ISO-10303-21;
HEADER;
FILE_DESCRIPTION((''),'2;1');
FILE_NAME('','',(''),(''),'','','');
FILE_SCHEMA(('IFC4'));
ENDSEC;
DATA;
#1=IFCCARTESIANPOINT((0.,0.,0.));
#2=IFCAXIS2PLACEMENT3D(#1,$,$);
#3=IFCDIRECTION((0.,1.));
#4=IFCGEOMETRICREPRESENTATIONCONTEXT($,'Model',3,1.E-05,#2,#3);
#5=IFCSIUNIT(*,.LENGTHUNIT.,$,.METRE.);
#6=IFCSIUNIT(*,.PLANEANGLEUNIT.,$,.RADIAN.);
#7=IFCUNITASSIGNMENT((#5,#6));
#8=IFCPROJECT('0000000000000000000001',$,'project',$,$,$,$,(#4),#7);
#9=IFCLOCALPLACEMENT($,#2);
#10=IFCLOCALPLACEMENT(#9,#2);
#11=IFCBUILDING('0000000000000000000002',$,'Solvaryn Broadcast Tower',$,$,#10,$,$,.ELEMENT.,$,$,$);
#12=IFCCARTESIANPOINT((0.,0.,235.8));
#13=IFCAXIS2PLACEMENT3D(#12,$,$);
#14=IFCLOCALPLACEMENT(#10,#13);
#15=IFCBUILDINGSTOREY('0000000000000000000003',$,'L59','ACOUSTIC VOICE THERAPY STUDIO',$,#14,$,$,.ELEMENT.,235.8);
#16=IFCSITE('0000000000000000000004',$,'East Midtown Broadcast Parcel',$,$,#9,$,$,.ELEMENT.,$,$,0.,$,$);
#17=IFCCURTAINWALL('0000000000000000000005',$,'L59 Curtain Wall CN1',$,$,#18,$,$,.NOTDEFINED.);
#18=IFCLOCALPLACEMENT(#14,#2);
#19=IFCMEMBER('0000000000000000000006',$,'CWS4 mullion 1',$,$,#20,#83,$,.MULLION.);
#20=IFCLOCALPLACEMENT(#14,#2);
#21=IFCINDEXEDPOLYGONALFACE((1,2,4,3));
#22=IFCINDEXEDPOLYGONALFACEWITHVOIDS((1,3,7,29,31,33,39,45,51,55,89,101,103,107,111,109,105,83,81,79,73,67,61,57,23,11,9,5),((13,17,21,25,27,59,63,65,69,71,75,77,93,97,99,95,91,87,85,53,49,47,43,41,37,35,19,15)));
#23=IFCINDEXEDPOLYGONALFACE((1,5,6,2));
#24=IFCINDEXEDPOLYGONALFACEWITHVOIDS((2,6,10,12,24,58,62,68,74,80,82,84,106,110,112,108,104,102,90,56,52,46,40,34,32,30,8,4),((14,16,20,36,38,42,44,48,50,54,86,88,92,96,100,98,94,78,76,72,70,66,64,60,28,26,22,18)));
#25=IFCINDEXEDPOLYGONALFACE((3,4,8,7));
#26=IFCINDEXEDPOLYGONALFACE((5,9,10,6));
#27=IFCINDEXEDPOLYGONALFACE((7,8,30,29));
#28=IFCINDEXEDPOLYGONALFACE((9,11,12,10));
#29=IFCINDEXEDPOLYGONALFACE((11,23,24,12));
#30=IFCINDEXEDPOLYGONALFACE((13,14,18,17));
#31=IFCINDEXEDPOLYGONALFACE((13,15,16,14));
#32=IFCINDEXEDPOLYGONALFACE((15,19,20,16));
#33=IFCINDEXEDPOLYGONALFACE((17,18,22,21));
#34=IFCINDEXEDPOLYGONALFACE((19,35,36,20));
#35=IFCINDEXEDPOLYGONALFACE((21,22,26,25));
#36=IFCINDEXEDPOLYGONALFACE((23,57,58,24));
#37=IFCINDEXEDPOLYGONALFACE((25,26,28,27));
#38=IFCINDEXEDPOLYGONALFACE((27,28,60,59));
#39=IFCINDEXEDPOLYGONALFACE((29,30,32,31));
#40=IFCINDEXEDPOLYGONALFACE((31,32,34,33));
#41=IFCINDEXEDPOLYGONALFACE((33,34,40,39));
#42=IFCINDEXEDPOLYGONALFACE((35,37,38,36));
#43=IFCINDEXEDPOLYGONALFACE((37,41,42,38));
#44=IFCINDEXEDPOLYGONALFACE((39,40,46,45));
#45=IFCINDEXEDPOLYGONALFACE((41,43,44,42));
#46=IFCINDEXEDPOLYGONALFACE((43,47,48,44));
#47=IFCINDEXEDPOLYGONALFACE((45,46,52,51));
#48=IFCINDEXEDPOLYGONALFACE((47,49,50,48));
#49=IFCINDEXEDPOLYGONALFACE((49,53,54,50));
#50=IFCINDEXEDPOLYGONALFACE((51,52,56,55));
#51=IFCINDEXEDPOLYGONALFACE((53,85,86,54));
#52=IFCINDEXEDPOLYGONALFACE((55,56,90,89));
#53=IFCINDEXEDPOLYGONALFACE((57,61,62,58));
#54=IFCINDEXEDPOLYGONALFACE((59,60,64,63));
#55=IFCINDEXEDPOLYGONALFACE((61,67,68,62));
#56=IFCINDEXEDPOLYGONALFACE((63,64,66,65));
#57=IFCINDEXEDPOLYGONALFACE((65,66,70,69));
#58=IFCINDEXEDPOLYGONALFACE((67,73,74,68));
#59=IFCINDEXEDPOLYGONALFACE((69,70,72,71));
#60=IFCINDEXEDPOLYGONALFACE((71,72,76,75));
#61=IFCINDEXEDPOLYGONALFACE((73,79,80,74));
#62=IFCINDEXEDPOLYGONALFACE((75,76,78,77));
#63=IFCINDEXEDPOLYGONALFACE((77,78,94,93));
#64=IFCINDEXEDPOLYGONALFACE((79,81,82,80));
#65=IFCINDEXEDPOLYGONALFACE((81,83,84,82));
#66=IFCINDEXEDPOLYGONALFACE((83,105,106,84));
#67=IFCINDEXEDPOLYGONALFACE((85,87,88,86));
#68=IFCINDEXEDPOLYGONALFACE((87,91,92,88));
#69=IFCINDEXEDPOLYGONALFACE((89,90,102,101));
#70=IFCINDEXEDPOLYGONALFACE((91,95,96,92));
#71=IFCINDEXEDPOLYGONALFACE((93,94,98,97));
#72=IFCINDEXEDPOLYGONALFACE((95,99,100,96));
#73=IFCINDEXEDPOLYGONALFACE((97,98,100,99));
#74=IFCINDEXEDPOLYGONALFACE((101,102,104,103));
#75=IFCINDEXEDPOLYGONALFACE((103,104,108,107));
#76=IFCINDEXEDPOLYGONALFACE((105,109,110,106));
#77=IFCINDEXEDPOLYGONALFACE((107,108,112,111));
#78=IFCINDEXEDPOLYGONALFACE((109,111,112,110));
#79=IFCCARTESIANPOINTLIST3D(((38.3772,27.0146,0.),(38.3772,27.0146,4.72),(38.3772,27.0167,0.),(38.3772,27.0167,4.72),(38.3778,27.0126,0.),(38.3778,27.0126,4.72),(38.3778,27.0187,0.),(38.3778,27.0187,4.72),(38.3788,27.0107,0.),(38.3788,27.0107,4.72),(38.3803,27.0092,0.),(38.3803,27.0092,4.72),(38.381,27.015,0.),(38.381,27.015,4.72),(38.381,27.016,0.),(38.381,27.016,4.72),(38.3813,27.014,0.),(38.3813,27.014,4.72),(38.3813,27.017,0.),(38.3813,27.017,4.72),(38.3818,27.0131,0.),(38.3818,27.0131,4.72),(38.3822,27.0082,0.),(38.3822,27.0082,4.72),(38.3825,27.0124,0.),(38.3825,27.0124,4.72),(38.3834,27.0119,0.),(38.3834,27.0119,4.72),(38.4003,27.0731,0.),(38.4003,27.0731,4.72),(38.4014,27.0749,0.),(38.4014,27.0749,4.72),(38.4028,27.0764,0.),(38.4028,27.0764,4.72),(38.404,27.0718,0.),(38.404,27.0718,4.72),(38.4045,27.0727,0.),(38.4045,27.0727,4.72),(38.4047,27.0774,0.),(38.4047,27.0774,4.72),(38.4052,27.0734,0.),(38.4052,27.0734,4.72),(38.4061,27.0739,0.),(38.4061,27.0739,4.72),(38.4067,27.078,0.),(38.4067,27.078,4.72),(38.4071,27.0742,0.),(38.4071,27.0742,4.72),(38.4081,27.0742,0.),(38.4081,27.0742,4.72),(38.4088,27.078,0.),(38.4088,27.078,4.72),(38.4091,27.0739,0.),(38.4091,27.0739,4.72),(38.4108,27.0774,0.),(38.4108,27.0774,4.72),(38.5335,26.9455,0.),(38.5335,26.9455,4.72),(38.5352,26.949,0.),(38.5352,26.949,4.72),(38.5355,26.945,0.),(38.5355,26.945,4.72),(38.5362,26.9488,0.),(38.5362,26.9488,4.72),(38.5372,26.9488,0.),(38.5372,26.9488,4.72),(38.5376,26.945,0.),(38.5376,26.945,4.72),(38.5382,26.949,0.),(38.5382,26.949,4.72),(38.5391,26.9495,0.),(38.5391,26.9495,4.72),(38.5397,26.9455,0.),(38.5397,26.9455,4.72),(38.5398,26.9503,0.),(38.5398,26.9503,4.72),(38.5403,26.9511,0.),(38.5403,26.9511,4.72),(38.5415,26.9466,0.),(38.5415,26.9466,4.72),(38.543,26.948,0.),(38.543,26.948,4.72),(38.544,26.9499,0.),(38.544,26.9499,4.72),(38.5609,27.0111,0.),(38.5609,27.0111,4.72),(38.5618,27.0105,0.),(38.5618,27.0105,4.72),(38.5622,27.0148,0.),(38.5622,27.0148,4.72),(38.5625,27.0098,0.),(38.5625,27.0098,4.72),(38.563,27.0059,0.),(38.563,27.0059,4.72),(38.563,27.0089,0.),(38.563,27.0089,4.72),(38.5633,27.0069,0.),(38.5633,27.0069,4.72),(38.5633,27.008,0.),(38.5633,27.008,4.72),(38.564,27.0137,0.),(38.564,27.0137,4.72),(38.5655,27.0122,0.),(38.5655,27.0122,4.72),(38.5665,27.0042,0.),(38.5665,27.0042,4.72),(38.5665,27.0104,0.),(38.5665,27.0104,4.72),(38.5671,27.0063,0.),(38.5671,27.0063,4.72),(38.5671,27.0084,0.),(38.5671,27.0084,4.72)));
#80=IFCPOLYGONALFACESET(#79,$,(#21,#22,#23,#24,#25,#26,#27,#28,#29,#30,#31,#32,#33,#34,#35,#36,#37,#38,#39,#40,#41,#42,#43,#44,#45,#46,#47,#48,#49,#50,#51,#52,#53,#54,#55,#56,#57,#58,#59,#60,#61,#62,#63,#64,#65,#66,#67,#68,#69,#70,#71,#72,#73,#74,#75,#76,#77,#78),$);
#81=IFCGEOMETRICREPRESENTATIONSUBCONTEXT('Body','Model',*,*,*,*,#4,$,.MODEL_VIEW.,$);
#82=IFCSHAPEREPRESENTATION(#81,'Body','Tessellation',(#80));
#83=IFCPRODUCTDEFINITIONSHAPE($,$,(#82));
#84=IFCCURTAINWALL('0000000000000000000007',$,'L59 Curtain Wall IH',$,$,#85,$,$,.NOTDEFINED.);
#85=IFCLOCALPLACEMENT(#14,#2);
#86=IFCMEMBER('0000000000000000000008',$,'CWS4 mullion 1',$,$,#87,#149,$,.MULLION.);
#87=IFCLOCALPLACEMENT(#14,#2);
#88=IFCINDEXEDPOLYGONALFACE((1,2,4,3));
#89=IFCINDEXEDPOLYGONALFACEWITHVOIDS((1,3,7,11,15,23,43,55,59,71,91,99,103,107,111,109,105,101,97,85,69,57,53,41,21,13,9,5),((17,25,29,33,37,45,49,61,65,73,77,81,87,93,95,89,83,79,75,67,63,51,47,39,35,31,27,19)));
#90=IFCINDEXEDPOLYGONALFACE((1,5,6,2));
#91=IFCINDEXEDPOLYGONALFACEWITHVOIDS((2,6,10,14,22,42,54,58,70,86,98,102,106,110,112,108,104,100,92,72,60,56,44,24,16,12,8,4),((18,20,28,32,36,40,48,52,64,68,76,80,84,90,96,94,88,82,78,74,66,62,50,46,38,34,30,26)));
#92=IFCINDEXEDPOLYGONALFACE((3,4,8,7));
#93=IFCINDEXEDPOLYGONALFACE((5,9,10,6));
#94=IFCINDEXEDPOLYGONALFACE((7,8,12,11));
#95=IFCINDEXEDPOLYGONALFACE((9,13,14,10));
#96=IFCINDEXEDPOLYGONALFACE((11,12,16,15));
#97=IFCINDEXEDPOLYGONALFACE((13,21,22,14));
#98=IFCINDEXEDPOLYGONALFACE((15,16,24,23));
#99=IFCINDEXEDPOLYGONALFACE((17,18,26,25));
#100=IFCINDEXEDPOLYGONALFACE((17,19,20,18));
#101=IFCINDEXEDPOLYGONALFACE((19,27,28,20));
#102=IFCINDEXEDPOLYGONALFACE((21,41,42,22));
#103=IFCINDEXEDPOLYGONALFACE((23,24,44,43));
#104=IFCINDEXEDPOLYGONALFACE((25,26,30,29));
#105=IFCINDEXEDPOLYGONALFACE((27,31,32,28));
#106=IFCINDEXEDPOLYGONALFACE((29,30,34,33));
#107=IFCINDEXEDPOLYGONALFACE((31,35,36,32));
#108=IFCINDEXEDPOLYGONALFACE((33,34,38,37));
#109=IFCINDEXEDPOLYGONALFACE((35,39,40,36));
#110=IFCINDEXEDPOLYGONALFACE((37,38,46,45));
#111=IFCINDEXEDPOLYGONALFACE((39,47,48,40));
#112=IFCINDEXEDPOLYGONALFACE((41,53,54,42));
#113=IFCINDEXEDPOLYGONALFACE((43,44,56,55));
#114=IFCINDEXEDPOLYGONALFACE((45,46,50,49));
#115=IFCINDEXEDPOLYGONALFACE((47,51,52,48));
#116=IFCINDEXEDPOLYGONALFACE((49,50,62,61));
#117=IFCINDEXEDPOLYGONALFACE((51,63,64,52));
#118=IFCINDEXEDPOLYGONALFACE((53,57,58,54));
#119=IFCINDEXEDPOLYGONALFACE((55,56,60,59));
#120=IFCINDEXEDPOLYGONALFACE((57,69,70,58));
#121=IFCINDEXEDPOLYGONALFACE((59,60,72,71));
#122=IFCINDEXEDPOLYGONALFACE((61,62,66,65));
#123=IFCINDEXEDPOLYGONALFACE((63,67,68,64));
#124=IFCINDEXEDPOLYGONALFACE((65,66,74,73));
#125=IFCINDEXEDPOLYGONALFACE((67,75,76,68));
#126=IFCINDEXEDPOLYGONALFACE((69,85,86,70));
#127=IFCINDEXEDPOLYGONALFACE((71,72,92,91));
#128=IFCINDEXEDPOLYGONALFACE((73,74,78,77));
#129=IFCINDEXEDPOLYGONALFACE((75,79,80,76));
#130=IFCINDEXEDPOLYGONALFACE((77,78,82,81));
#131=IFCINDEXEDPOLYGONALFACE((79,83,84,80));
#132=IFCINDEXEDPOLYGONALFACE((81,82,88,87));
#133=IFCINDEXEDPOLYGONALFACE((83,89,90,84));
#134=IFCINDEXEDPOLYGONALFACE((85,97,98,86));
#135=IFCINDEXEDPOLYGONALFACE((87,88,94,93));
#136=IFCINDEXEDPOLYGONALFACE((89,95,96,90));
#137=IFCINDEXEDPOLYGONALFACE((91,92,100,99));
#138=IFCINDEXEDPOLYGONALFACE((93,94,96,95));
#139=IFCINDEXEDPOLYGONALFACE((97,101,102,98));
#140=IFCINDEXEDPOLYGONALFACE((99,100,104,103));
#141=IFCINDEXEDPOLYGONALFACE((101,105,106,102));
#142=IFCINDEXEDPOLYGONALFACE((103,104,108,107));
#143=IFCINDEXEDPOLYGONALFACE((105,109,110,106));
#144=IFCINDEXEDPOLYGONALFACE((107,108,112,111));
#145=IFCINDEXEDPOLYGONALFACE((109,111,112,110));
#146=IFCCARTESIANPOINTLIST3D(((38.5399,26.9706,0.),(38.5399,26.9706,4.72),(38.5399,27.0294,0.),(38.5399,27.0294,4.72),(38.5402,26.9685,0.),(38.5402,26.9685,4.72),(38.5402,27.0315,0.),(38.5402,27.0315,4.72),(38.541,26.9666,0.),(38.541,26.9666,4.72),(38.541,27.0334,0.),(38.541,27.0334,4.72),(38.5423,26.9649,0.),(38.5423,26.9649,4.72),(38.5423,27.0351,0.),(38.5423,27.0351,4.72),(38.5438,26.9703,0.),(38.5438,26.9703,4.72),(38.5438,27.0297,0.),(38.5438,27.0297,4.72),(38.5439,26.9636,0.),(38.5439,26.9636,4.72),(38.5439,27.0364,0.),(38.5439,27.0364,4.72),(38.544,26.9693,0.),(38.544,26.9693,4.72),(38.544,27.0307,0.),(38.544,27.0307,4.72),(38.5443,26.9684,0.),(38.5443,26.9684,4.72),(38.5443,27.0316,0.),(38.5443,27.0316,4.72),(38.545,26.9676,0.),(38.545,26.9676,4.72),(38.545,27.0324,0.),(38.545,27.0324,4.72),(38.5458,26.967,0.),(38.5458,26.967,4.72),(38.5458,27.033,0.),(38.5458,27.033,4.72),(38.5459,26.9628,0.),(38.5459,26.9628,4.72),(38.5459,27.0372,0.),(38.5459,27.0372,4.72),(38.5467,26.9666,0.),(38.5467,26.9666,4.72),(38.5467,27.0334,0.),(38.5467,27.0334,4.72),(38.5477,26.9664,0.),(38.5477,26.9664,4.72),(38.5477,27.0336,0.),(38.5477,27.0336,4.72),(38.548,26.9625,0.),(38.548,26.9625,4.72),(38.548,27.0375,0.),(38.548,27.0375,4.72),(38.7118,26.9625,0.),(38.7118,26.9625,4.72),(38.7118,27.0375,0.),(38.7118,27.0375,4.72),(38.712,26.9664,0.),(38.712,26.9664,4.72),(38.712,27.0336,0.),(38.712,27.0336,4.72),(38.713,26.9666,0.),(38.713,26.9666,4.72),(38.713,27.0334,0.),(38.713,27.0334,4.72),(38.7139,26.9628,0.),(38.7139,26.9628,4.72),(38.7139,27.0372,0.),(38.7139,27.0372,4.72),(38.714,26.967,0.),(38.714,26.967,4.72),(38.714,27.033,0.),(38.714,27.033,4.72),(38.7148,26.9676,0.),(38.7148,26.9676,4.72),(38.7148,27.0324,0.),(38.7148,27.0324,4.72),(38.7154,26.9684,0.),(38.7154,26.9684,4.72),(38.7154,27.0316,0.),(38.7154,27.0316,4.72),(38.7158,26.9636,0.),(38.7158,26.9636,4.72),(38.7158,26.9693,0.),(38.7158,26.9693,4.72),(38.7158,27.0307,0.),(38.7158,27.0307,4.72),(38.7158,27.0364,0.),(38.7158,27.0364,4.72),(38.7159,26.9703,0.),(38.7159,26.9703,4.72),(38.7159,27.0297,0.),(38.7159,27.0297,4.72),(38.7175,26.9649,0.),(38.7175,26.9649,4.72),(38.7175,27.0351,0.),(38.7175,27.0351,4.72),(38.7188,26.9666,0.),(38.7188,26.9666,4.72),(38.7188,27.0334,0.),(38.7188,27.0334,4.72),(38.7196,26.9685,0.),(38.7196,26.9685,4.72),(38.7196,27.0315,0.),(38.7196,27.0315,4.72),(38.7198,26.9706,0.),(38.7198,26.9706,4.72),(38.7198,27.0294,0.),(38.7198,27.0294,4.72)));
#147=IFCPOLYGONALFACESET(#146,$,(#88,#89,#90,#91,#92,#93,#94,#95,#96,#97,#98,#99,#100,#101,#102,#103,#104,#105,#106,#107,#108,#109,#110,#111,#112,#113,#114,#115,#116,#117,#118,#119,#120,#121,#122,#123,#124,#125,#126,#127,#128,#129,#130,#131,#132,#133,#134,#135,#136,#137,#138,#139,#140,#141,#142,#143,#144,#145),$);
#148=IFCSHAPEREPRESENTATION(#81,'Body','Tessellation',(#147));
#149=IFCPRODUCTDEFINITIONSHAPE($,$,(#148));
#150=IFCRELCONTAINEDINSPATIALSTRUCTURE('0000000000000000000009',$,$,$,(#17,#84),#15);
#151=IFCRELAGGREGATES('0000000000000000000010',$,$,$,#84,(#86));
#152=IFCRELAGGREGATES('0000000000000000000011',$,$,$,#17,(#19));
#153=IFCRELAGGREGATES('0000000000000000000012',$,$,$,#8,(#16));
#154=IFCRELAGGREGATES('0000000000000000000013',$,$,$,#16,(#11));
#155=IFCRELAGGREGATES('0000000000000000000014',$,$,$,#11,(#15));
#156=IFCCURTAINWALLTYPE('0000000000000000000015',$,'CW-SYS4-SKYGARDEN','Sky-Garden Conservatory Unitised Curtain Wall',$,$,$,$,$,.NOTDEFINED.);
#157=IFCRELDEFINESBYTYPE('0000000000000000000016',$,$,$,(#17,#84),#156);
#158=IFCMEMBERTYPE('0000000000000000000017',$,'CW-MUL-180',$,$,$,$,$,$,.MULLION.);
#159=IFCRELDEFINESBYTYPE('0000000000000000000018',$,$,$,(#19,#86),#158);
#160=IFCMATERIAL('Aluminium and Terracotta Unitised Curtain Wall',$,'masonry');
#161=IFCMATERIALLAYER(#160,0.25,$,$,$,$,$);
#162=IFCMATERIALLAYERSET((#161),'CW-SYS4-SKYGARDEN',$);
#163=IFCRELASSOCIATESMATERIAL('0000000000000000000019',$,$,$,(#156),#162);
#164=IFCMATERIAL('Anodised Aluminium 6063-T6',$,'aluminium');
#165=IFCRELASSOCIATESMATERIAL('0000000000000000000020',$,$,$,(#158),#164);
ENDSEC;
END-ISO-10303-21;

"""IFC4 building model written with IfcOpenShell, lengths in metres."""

from ifc_helpers import new_model, si_unit, direction, frame, origin, origin_2d, place, context, subcontext, project, spatial, hollow_rectangle, extrude, material, layer, layer_set, material_profile, profile_set, type_object, element, aggregate, save


model = new_model("IFC4")

# Units and contexts
model_context = context("Model", 3, precision=1e-05, world=origin(), true_north=direction((0.0, 1.0)))
body_context = subcontext(model_context, "Body", "Model", "MODEL_VIEW")
ifc_project = project(units=[si_unit("LENGTHUNIT", "METRE"), si_unit("PLANEANGLEUNIT", "RADIAN")], contexts=[model_context])

# Site, building, storey
site_placement = place(None, origin())
site = spatial("IfcSite", under=ifc_project, at=site_placement, Name="East Midtown Broadcast Parcel", CompositionType="ELEMENT", RefElevation=0.0)
building_placement = place(site_placement, origin())
building = spatial("IfcBuilding", under=site, at=building_placement, Name="Solvaryn Broadcast Tower", CompositionType="ELEMENT")
storey_placement = place(building_placement, frame((0.0, 0.0, 235.8)))
storey = spatial("IfcBuildingStorey", under=building, at=storey_placement, Name="L59", Description="ACOUSTIC VOICE THERAPY STUDIO", CompositionType="ELEMENT", Elevation=235.8)

# Curtain walls, members
ifc_material_1 = material(Name="Aluminium and Terracotta Unitised Curtain Wall", Category="masonry")
ifc_layer_1 = layer(ifc_material_1, 0.25)
ifc_layer_set_1 = layer_set([ifc_layer_1], Name="CW-SYS4-SKYGARDEN")
curtain_wall_type = type_object("IfcCurtainWallType", Name="CW-SYS4-SKYGARDEN", Description="Sky-Garden Conservatory Unitised Curtain Wall", PredefinedType="NOTDEFINED", material=ifc_layer_set_1)
curtain_wall_1_placement = place(storey_placement, origin())
curtain_wall_1 = element("IfcCurtainWall", 1, at=curtain_wall_1_placement, inside=storey, type_object=curtain_wall_type, Name="L59 Curtain Wall CN1", PredefinedType="NOTDEFINED")
ifc_material_2 = material(Name="Anodised Aluminium 6063-T6", Category="aluminium")
ifc_material_profile_1 = material_profile(ifc_material_2, hollow_rectangle(XDim=0.075, YDim=0.1799, WallThickness=0.0039, InnerFilletRadius=0.0039, OuterFilletRadius=0.0081, at=origin_2d()))
ifc_profile_set_1 = profile_set([ifc_material_profile_1], Name="Anodised Aluminium 6063-T6")
member_type_1 = type_object("IfcMemberType", Name="CW-MUL-180", PredefinedType="MULLION", material=ifc_profile_set_1)
member_1_placement = place(storey_placement, frame((38.4722, 27.0115, 0.0), z_axis=(0.0, 0.0, 1.0), x_axis=(-0.382646, -0.923895, 0.0)))
member_1 = element("IfcMember", 2, at=member_1_placement, type_object=member_type_1, Name="CWS4 mullion 1", PredefinedType="MULLION", context=body_context, shape_type="SweptSolid", body=[
    extrude(hollow_rectangle(XDim=0.075, YDim=0.1799, WallThickness=0.0039, InnerFilletRadius=0.0039, OuterFilletRadius=0.0081, at=origin_2d()), origin(), (0.0, 0.0, 1.0), 4.72),
])
curtain_wall_2_placement = place(storey_placement, origin())
curtain_wall_2 = element("IfcCurtainWall", 3, at=curtain_wall_2_placement, inside=storey, type_object=curtain_wall_type, Name="L59 Curtain Wall IH", PredefinedType="NOTDEFINED")
member_2_placement = place(storey_placement, frame((38.6299, 27.0, 0.0), z_axis=(0.0, 0.0, 1.0), x_axis=(0.0, 1.0, 0.0)))
member_2 = element("IfcMember", 4, at=member_2_placement, type_object=member_type_1, Name="CWS4 mullion 1", PredefinedType="MULLION", context=body_context, shape_type="SweptSolid", body=[
    extrude(hollow_rectangle(XDim=0.075, YDim=0.1799, WallThickness=0.0039, InnerFilletRadius=0.0039, OuterFilletRadius=0.0081, at=origin_2d()), origin(), (0.0, 0.0, 1.0), 4.72),
])

aggregate(curtain_wall_2, [member_2])

aggregate(curtain_wall_1, [member_1])

save(model, "model.ifc")
